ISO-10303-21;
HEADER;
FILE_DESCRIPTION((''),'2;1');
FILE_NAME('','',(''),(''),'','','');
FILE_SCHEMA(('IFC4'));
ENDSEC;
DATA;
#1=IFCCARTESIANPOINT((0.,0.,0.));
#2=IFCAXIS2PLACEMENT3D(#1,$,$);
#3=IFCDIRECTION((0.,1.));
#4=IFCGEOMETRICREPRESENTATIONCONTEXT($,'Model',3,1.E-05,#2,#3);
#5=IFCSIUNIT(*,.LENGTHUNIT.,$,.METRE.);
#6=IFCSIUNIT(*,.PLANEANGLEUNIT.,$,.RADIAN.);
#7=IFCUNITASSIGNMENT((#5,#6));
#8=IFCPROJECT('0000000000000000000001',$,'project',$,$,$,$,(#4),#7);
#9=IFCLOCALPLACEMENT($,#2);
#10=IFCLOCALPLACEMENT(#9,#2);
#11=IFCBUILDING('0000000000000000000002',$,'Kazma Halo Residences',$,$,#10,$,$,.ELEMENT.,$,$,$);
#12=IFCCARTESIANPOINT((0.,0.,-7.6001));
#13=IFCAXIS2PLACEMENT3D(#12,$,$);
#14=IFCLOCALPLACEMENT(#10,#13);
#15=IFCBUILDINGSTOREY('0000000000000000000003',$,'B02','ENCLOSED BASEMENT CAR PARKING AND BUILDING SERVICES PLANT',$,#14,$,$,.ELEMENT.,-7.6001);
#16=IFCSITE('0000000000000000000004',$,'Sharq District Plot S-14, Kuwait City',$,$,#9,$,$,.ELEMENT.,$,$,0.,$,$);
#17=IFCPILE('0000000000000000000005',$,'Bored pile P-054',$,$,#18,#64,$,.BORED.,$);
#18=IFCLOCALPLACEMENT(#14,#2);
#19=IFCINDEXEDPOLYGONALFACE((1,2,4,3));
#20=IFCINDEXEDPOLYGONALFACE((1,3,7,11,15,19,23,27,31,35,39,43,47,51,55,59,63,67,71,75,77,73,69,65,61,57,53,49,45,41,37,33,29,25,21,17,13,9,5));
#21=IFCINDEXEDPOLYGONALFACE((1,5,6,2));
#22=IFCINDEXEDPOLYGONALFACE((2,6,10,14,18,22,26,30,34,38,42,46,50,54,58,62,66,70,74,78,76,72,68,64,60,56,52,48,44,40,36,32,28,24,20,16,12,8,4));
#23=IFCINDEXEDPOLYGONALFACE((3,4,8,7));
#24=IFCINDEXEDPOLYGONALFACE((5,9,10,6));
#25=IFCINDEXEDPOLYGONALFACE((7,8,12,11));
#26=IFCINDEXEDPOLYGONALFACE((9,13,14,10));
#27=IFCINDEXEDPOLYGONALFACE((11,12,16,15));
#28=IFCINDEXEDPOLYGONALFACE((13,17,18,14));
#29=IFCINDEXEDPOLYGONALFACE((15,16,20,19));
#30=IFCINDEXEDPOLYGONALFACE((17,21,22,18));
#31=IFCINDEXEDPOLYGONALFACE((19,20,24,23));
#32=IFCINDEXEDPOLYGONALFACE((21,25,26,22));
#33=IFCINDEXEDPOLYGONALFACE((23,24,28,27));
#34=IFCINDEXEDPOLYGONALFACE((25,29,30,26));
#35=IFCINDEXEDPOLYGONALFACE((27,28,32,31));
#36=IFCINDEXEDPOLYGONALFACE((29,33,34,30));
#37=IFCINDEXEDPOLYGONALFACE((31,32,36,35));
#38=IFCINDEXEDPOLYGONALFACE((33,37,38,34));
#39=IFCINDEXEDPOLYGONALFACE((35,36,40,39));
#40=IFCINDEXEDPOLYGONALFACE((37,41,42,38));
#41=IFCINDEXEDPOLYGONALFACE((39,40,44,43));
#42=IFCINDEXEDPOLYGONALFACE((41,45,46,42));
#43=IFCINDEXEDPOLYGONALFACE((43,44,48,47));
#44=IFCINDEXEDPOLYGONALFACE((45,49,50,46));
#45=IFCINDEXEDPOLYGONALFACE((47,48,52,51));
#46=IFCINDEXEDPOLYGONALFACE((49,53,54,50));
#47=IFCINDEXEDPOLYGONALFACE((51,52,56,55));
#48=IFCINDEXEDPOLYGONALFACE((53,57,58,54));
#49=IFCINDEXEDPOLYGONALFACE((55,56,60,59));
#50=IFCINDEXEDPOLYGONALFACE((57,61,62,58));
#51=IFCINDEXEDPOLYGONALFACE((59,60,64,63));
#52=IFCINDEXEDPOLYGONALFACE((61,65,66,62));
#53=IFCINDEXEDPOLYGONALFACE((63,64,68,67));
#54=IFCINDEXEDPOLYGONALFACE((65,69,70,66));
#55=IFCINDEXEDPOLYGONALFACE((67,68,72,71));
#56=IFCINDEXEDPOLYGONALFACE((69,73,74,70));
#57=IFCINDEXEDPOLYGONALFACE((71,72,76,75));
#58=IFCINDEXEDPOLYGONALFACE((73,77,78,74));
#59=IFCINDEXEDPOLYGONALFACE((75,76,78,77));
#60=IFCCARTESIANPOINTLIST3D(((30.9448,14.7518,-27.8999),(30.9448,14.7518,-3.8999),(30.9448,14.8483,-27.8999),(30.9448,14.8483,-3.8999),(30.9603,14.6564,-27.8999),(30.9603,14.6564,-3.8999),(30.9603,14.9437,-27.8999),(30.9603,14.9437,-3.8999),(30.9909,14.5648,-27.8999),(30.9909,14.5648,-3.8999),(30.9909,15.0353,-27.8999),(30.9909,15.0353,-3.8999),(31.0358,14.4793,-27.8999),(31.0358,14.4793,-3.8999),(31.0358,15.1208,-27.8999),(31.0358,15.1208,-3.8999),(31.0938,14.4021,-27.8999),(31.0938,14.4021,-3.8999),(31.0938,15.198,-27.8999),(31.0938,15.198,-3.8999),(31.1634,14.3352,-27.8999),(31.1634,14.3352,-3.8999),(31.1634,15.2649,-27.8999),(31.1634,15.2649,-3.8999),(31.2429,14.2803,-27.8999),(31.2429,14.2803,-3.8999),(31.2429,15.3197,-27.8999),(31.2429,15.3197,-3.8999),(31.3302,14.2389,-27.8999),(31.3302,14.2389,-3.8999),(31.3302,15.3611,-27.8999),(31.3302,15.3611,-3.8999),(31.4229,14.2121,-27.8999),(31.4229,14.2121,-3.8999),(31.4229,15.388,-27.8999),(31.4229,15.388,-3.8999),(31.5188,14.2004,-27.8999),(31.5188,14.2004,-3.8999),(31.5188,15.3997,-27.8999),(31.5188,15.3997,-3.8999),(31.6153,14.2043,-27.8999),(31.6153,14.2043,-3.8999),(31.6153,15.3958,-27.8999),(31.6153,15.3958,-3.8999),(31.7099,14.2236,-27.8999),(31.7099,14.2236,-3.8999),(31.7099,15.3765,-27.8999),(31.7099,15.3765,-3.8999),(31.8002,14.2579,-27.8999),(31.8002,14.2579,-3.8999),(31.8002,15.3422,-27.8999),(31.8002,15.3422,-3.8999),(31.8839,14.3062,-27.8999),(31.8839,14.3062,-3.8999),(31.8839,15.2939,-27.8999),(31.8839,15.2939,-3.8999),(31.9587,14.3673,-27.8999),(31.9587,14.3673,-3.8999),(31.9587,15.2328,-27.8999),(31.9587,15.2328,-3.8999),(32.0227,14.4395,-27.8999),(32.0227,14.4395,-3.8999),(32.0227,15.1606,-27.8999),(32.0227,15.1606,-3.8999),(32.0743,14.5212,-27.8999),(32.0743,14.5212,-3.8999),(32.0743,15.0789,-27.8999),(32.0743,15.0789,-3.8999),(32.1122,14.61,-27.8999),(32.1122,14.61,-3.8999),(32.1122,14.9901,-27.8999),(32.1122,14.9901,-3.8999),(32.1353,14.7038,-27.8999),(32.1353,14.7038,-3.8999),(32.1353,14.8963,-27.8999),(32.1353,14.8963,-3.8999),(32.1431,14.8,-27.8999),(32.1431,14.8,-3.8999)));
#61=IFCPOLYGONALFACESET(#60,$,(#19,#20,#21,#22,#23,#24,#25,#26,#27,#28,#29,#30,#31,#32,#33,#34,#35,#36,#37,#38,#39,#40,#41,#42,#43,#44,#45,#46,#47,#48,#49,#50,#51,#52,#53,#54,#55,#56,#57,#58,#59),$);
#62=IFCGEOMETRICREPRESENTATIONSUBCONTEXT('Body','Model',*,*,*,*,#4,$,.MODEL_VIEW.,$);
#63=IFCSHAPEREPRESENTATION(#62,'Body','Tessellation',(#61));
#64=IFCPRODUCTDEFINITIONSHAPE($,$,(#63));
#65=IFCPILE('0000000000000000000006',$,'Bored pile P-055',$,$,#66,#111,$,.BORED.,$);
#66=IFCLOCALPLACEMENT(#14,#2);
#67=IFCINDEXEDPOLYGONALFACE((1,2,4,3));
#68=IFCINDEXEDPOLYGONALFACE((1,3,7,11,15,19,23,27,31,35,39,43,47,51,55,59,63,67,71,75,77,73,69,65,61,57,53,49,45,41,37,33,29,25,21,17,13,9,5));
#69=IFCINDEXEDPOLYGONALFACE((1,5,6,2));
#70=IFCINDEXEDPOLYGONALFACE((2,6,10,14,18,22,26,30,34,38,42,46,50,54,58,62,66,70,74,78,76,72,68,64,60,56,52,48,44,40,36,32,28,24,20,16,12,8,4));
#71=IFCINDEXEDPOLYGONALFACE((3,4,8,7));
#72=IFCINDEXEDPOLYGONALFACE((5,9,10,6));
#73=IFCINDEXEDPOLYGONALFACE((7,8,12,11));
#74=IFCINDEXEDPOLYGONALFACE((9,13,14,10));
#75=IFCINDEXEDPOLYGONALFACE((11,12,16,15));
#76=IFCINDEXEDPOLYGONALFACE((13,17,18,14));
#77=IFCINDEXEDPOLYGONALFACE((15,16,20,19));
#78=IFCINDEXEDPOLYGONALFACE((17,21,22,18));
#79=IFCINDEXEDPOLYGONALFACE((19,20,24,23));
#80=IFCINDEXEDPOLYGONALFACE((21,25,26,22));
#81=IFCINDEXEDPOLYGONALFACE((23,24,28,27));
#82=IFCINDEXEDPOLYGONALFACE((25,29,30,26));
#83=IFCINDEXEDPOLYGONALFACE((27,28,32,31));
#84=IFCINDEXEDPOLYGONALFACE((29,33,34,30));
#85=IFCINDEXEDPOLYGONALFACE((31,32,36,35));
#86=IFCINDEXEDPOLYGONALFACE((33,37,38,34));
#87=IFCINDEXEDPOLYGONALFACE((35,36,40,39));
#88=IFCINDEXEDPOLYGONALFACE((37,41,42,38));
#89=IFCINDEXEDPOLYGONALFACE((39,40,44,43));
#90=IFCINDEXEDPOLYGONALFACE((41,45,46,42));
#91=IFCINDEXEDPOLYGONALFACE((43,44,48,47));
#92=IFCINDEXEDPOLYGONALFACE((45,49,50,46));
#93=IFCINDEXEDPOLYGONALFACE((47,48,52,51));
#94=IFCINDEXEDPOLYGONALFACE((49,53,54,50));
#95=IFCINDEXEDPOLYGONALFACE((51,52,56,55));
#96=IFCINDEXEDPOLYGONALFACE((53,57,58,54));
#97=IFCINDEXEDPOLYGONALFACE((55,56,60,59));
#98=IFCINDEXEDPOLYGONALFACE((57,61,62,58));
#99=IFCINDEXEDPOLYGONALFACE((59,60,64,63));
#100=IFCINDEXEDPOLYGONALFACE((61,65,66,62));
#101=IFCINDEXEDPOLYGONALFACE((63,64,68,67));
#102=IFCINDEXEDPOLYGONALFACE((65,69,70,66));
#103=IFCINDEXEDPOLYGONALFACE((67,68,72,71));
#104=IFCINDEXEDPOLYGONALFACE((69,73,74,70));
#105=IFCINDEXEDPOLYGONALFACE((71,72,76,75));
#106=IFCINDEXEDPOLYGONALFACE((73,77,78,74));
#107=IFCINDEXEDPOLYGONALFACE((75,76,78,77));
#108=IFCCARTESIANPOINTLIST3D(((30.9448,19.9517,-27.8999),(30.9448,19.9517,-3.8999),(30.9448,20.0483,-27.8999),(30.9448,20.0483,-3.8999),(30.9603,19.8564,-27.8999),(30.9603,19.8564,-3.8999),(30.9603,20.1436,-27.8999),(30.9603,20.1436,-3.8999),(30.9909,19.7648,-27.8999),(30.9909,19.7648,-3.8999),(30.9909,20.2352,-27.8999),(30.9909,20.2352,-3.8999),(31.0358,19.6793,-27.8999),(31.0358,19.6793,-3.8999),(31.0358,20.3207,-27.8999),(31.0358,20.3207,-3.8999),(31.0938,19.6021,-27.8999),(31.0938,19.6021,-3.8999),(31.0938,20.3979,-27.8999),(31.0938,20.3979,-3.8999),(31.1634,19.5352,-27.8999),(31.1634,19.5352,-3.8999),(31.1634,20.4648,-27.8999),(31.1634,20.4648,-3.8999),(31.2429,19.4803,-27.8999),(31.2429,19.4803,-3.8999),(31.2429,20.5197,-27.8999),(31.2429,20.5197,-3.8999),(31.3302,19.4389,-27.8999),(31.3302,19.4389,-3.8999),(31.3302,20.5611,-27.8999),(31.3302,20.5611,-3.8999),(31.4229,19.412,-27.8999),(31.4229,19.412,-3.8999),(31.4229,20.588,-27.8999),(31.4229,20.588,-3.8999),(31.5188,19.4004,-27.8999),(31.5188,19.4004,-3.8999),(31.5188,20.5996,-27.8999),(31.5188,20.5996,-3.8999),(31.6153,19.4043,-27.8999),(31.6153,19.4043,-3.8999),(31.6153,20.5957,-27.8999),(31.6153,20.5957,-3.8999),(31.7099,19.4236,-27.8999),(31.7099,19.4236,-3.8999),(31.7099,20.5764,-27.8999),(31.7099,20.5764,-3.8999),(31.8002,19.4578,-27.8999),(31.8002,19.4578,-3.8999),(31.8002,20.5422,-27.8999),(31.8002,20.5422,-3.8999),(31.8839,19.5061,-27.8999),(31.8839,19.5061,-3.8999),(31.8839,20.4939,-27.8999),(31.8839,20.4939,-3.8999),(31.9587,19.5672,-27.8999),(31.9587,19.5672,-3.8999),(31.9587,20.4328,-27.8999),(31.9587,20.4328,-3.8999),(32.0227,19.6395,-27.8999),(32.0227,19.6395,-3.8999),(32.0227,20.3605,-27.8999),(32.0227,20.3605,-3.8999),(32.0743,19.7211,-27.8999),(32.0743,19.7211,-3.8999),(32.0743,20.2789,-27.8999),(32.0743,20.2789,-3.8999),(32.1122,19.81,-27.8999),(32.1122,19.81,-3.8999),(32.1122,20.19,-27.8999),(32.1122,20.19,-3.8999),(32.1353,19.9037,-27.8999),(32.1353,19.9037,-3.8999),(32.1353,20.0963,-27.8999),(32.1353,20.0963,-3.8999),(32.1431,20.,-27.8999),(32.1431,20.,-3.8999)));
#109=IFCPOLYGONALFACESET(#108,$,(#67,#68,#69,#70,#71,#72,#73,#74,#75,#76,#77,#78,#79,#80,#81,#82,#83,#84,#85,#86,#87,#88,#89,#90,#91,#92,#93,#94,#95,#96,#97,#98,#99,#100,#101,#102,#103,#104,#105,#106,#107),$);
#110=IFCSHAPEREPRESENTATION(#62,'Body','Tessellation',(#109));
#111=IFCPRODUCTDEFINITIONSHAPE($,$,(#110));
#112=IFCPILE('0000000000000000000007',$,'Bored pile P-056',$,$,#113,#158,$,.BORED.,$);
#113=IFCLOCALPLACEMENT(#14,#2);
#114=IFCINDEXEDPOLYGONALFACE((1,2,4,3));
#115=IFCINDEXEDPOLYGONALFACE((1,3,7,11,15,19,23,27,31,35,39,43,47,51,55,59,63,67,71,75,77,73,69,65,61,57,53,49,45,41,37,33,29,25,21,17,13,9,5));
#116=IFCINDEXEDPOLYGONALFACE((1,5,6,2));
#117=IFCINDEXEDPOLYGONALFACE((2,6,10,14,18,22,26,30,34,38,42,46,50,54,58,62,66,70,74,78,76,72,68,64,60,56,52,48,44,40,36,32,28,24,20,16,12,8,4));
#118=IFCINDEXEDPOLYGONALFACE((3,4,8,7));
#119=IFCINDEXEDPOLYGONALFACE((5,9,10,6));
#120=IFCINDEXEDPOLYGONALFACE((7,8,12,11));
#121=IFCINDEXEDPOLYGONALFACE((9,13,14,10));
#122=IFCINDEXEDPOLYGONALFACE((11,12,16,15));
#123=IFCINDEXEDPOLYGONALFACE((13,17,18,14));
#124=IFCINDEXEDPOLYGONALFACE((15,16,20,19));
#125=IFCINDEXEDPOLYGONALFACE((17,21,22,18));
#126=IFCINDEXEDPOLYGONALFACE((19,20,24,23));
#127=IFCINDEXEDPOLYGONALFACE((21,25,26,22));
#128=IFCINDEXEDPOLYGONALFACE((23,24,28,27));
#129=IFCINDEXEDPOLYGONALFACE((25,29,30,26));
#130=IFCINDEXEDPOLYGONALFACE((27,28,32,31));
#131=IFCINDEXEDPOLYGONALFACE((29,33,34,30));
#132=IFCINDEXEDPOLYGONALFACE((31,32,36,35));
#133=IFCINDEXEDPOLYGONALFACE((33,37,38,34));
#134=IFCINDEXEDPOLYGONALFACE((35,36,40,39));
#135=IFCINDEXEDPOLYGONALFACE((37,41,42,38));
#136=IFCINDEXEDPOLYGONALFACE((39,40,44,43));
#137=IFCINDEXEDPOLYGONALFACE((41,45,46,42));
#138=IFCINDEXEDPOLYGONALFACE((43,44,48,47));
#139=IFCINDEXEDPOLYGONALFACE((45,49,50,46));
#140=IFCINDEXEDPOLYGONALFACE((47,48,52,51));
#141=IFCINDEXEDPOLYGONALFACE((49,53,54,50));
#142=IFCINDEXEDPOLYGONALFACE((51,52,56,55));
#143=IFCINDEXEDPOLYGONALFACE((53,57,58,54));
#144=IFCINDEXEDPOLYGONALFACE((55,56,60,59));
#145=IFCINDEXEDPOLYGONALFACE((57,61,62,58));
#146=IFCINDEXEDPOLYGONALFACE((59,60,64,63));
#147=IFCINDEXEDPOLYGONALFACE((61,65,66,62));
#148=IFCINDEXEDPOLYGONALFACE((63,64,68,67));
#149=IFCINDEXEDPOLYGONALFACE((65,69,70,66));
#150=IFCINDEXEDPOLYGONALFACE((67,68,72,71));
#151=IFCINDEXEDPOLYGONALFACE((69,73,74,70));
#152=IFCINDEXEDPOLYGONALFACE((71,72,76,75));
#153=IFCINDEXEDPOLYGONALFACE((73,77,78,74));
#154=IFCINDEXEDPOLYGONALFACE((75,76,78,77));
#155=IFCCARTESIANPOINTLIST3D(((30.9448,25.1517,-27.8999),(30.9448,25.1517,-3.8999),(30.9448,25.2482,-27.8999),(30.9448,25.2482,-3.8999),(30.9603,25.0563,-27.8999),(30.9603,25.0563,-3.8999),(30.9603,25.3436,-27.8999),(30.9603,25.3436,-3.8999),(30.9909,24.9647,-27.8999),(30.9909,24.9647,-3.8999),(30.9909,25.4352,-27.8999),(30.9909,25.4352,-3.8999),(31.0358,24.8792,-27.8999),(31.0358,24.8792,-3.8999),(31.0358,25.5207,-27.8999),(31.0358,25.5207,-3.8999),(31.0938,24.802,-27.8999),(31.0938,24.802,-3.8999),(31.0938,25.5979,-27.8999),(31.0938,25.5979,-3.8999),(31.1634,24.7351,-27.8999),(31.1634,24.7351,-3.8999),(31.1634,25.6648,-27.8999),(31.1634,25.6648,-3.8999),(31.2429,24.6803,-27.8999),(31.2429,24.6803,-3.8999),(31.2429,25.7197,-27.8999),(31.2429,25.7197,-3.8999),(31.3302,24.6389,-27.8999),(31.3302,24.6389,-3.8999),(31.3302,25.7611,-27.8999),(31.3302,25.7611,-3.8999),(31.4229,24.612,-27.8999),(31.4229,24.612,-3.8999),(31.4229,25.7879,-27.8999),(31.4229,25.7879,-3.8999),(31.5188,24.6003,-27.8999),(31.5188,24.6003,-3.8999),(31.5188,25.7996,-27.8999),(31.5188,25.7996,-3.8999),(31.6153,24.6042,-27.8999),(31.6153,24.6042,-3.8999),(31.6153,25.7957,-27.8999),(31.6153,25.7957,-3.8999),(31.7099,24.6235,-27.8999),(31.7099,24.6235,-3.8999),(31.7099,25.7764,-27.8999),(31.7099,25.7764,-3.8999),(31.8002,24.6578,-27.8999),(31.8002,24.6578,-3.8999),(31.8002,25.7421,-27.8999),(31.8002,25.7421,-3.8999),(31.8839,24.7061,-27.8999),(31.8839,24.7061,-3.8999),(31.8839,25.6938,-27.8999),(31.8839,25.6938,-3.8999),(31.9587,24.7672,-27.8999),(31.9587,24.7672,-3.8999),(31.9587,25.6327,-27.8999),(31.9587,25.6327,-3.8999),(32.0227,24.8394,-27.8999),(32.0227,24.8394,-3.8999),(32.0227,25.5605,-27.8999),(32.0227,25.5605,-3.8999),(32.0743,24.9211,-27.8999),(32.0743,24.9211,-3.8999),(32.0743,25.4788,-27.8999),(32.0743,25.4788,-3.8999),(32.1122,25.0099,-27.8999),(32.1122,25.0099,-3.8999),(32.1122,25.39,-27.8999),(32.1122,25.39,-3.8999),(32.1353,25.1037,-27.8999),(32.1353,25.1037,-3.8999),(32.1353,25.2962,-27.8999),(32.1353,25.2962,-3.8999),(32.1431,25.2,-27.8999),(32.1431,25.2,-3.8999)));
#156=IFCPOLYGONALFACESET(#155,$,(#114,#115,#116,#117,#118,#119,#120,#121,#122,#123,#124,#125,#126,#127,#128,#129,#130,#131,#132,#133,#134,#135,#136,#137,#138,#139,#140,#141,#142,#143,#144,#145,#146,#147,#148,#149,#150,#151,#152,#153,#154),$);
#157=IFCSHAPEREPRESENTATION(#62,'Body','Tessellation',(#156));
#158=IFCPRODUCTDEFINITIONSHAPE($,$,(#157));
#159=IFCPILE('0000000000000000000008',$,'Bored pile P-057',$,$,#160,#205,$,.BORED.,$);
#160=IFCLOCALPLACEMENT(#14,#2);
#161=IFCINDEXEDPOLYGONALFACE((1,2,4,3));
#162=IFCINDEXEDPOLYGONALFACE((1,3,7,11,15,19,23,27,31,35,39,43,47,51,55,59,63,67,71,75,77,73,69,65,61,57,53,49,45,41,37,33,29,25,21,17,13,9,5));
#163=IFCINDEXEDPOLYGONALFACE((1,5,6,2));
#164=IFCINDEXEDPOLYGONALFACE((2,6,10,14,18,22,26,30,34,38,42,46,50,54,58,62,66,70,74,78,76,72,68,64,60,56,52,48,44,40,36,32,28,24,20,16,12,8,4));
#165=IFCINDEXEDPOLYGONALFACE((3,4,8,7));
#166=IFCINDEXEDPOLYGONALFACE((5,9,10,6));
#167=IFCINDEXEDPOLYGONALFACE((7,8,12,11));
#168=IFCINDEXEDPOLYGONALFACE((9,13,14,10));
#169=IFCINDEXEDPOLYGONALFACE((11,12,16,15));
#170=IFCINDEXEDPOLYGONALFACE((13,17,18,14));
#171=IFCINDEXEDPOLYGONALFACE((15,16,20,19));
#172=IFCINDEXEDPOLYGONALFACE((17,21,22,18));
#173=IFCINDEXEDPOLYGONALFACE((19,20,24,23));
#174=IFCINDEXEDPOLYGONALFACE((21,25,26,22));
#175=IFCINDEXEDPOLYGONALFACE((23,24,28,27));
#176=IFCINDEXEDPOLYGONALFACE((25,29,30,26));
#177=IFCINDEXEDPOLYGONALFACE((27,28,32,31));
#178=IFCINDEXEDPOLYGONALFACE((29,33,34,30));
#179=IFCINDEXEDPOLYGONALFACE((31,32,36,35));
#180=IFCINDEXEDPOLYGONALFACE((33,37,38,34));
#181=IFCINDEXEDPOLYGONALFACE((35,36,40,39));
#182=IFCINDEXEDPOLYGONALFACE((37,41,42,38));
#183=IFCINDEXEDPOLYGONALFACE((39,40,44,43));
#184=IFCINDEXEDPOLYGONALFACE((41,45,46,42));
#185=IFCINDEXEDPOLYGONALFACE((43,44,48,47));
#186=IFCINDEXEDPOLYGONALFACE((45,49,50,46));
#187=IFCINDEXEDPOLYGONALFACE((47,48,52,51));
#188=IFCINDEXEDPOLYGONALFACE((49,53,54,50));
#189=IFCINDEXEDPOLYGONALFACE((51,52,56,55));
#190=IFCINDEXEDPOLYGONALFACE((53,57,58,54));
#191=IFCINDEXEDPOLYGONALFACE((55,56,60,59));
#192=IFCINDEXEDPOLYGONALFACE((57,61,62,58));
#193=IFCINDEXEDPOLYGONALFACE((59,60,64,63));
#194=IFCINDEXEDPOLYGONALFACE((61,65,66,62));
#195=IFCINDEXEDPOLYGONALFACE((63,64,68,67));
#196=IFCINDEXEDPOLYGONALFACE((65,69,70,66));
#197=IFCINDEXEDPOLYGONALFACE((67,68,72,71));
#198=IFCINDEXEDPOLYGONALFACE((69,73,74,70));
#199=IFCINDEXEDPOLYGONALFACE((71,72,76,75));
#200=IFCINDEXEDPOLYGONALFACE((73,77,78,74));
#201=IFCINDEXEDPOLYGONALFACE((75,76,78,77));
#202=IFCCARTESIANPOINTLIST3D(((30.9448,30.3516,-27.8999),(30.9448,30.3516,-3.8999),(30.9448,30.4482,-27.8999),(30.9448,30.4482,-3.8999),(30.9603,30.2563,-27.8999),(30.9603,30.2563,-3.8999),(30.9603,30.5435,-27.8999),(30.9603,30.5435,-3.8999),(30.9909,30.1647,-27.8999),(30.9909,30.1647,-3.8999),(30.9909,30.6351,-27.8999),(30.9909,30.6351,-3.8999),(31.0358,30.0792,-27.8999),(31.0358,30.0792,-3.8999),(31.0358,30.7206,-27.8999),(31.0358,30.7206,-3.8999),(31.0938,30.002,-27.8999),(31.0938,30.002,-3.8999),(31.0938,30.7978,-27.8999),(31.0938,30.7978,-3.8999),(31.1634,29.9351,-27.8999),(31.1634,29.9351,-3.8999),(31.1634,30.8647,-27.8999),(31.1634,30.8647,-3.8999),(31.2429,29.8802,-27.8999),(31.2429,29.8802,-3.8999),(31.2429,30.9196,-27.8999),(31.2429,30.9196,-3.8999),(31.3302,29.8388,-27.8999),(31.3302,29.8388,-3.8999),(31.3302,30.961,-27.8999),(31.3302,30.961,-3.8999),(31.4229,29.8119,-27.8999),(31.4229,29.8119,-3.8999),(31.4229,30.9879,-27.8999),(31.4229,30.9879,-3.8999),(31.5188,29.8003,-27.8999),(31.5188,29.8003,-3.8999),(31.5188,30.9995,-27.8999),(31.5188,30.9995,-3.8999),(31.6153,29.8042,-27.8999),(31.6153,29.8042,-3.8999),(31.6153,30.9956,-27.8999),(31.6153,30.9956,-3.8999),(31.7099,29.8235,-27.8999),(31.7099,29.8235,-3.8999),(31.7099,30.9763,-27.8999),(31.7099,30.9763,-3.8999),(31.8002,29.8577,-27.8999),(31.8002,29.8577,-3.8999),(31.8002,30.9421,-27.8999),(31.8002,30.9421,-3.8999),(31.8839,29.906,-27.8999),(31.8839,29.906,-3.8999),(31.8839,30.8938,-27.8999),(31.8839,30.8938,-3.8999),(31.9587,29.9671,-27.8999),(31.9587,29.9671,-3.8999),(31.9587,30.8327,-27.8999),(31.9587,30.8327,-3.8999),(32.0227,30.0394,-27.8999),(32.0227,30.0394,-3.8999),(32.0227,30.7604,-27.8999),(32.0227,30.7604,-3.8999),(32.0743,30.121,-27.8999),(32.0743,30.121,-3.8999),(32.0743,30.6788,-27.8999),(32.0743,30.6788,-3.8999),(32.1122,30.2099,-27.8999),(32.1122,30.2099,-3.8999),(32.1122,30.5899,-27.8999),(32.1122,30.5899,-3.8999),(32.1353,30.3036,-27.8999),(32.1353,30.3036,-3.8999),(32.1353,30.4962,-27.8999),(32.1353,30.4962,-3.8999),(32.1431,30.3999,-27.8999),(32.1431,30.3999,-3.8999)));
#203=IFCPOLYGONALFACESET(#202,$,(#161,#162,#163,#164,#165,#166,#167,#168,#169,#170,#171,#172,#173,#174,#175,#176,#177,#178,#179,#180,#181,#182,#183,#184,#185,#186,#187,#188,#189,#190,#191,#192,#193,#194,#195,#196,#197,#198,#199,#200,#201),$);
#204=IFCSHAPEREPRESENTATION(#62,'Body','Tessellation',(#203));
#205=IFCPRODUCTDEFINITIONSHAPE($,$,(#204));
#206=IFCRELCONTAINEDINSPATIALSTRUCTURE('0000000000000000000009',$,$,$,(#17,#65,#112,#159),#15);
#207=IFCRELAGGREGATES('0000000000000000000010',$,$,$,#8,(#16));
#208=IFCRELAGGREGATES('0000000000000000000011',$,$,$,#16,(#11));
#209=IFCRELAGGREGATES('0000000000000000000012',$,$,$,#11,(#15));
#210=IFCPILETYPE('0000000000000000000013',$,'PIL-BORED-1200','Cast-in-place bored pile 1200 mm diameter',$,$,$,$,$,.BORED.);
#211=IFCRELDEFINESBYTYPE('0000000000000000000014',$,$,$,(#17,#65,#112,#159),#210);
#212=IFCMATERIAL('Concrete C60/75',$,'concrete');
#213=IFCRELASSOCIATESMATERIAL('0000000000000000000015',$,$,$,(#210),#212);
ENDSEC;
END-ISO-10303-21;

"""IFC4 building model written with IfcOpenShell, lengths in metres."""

from ifc_helpers import new_model, si_unit, direction, frame, origin, origin_2d, place, context, subcontext, project, spatial, circle, extrude, material, material_profile, profile_set, type_object, element, save


model = new_model("IFC4")

# Units and contexts
model_context = context("Model", 3, precision=1e-05, world=origin(), true_north=direction((0.0, 1.0)))
body_context = subcontext(model_context, "Body", "Model", "MODEL_VIEW")
ifc_project = project(units=[si_unit("LENGTHUNIT", "METRE"), si_unit("PLANEANGLEUNIT", "RADIAN")], contexts=[model_context])

# Site, building, storey
site_placement = place(None, origin())
site = spatial("IfcSite", under=ifc_project, at=site_placement, Name="Sharq District Plot S-14, Kuwait City", CompositionType="ELEMENT", RefElevation=0.0)
building_placement = place(site_placement, origin())
building = spatial("IfcBuilding", under=site, at=building_placement, Name="Kazma Halo Residences", CompositionType="ELEMENT")
storey_placement = place(building_placement, frame((0.0, 0.0, -7.6001)))
storey = spatial("IfcBuildingStorey", under=building, at=storey_placement, Name="B02", Description="ENCLOSED BASEMENT CAR PARKING AND BUILDING SERVICES PLANT", CompositionType="ELEMENT", Elevation=-7.6001)

# Piles
ifc_material_1 = material(Name="Concrete C60/75", Category="concrete")
ifc_material_profile_1 = material_profile(ifc_material_1, circle(Radius=0.6001, at=origin_2d()), Name="CIRC1200")
ifc_profile_set_1 = profile_set([ifc_material_profile_1], Name="Concrete C60/75")
pile_type = type_object("IfcPileType", Name="PIL-BORED-1200", Description="Cast-in-place bored pile 1200 mm diameter", PredefinedType="BORED", material=ifc_profile_set_1)
for number, where, z_axis, x_axis, name in (
    (1, (31.543, 14.8, -3.8999), (0.0, 0.0, -1.0), (1.0, 0.0, 0.0), "Bored pile P-054"),
    (2, (31.543, 20.0, -3.8999), (0.0, 0.0, -1.0), (1.0, 0.0, 0.0), "Bored pile P-055"),
    (3, (31.543, 25.2, -3.8999), (0.0, 0.0, -1.0), (1.0, 0.0, 0.0), "Bored pile P-056"),
    (4, (31.543, 30.3999, -3.8999), (0.0, 0.0, -1.0), (1.0, 0.0, 0.0), "Bored pile P-057"),
):
    element("IfcPile", number, at=place(storey_placement, frame(where, z_axis=z_axis, x_axis=x_axis)), inside=storey, type_object=pile_type, Name=name, PredefinedType="BORED", context=body_context, shape_type="SweptSolid", body=[
        extrude(circle(Radius=0.6001, at=origin_2d()), origin(), (0.0, 0.0, 1.0), 24.0),
    ])

save(model, "model.ifc")
